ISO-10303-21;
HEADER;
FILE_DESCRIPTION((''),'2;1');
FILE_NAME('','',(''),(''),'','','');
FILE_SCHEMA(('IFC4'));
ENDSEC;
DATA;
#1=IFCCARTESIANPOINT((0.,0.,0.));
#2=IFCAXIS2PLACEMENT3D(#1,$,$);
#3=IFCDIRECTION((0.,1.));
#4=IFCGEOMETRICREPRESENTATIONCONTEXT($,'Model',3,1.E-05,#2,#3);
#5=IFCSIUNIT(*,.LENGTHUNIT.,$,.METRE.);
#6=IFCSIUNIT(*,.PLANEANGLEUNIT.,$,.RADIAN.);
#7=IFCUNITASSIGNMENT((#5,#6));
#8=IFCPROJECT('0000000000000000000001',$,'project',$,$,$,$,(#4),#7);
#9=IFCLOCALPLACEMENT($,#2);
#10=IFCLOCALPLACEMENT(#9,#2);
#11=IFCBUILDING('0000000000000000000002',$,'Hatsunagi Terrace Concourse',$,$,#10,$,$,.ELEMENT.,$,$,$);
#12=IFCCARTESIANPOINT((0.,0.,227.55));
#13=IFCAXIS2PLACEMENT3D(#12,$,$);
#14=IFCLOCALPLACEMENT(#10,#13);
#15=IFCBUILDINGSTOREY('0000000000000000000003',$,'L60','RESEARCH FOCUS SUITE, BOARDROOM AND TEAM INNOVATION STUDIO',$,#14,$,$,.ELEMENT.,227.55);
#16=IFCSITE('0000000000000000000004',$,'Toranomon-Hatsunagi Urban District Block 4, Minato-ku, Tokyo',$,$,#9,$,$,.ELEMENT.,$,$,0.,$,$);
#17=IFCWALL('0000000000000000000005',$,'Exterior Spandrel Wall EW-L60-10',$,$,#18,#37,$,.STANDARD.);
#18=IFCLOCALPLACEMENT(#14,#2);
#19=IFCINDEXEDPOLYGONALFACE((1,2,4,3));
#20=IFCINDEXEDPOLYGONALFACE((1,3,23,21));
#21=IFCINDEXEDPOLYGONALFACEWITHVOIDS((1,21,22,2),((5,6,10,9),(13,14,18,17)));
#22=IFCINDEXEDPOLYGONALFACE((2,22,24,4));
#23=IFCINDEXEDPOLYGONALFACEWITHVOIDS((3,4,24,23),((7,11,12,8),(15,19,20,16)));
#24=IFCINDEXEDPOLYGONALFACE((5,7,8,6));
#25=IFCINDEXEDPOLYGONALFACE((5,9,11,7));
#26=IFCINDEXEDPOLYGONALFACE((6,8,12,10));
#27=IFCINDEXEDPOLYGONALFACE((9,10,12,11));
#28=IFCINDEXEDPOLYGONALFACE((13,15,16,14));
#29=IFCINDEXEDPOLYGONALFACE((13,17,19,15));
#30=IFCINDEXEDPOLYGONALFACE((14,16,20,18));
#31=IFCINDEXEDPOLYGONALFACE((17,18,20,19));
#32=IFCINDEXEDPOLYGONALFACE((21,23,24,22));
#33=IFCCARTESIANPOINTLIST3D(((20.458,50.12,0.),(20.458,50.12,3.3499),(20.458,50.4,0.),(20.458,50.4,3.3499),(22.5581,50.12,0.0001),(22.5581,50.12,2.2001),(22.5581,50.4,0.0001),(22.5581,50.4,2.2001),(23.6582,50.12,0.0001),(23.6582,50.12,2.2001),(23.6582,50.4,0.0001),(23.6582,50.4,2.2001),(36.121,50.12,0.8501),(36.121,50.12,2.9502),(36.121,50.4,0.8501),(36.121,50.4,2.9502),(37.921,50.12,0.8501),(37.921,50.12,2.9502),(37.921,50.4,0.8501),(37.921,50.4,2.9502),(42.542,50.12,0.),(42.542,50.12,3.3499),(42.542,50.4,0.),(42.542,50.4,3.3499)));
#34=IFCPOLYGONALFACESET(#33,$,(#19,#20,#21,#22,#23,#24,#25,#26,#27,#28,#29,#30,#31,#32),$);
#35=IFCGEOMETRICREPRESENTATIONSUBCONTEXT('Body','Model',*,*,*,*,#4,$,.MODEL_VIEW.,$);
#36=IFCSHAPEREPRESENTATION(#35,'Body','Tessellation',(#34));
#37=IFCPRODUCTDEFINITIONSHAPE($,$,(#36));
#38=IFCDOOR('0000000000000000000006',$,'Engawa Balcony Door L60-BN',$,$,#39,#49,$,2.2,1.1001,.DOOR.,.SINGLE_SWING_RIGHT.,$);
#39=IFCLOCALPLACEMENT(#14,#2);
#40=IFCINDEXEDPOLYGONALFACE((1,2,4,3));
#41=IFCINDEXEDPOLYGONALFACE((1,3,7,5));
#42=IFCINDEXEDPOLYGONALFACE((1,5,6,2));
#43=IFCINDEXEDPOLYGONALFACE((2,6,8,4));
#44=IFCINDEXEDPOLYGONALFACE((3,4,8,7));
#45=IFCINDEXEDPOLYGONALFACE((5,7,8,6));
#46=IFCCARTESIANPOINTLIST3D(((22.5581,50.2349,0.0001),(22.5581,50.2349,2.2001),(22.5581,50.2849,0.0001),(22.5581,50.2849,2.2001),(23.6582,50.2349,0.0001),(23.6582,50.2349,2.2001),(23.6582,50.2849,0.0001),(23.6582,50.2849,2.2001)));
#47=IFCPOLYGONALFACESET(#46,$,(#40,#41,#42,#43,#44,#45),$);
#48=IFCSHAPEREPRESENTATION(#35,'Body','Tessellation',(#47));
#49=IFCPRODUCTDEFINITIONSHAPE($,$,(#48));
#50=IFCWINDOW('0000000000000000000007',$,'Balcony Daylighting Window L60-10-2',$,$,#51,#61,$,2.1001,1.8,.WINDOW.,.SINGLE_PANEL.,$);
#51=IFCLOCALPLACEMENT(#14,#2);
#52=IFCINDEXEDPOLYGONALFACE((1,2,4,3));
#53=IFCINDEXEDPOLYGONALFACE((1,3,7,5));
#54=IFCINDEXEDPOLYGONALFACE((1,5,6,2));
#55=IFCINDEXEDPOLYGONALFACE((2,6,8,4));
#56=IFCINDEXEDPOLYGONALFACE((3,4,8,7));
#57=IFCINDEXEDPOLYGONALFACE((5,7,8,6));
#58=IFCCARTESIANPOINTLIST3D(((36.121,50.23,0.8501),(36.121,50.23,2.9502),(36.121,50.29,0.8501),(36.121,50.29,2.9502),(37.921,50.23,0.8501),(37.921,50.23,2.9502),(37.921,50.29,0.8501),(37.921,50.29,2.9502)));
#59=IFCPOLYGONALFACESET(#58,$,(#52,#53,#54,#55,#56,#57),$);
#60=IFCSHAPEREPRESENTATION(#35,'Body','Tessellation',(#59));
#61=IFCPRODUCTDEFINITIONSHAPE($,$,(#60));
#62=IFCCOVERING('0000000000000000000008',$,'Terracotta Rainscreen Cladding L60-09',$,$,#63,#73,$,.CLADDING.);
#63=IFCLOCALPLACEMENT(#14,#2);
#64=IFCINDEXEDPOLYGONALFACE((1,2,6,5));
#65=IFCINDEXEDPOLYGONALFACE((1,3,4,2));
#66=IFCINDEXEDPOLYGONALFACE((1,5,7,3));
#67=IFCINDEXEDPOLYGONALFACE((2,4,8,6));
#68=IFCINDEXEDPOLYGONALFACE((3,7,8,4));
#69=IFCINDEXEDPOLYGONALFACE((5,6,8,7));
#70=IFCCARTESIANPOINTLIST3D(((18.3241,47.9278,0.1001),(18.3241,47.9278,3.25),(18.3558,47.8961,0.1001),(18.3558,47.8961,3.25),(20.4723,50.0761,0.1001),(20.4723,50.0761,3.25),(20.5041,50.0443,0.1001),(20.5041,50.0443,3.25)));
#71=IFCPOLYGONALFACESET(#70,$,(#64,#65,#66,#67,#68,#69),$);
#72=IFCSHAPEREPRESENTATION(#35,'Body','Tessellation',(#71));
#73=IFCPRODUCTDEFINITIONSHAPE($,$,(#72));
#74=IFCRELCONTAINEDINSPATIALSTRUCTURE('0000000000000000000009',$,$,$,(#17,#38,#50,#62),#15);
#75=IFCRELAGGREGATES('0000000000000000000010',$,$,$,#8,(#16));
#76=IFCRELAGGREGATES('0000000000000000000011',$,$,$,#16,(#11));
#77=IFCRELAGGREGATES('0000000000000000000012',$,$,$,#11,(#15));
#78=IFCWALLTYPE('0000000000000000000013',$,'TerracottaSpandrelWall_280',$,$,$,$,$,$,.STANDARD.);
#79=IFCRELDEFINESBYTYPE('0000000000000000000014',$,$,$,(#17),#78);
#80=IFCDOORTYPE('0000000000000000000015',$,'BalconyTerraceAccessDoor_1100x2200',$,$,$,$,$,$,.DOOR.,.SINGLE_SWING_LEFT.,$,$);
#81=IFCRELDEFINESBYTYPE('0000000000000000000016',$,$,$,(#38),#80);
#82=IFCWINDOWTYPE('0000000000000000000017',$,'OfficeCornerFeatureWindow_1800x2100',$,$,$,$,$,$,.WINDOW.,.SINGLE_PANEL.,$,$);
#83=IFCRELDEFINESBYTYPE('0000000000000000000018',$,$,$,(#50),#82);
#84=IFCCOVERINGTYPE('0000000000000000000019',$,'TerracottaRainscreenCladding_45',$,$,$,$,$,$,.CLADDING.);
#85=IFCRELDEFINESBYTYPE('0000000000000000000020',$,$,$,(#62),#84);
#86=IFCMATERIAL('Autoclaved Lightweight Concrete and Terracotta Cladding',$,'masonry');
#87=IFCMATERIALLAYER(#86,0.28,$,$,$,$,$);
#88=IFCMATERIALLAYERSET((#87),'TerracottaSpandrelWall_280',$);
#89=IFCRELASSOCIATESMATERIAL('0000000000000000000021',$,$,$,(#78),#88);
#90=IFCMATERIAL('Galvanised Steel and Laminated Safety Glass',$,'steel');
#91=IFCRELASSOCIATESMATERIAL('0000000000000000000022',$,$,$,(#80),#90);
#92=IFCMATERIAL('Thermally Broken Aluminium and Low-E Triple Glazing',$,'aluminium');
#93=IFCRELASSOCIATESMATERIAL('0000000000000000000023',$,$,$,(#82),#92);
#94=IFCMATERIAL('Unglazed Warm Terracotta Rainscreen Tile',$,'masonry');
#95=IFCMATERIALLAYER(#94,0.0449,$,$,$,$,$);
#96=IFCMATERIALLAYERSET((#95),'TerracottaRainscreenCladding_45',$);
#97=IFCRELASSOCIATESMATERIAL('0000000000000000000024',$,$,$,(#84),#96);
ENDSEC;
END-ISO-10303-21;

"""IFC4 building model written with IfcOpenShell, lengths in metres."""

from ifc_helpers import new_model, si_unit, direction, frame, frame_2d, origin, origin_2d, place, context, subcontext, project, spatial, rectangle, extrude, material, layer, layer_set, type_object, element, fill, save


model = new_model("IFC4")

# Units and contexts
model_context = context("Model", 3, precision=1e-05, world=origin(), true_north=direction((0.0, 1.0)))
body_context = subcontext(model_context, "Body", "Model", "MODEL_VIEW")
ifc_project = project(units=[si_unit("LENGTHUNIT", "METRE"), si_unit("PLANEANGLEUNIT", "RADIAN")], contexts=[model_context])

# Site, building, storey
site_placement = place(None, origin())
site = spatial("IfcSite", under=ifc_project, at=site_placement, Name="Toranomon-Hatsunagi Urban District Block 4, Minato-ku, Tokyo", CompositionType="ELEMENT", RefElevation=0.0)
building_placement = place(site_placement, origin())
building = spatial("IfcBuilding", under=site, at=building_placement, Name="Hatsunagi Terrace Concourse", CompositionType="ELEMENT")
storey_placement = place(building_placement, frame((0.0, 0.0, 227.55)))
storey = spatial("IfcBuildingStorey", under=building, at=storey_placement, Name="L60", Description="RESEARCH FOCUS SUITE, BOARDROOM AND TEAM INNOVATION STUDIO", CompositionType="ELEMENT", Elevation=227.55)

# Wall, openings, door, window
ifc_material_1 = material(Name="Autoclaved Lightweight Concrete and Terracotta Cladding", Category="masonry")
ifc_layer_1 = layer(ifc_material_1, 0.28)
ifc_layer_set_1 = layer_set([ifc_layer_1], Name="TerracottaSpandrelWall_280")
wall_type_1 = type_object("IfcWallType", Name="TerracottaSpandrelWall_280", PredefinedType="STANDARD", material=ifc_layer_set_1)
wall_1_placement = place(storey_placement, frame((20.458, 50.26, 0.0), z_axis=(0.0, 0.0, 1.0), x_axis=(1.0, 0.0, 0.0)))
wall_1 = element("IfcWall", 1, at=wall_1_placement, inside=storey, type_object=wall_type_1, Name="Exterior Spandrel Wall EW-L60-10", PredefinedType="STANDARD", context=body_context, shape_type="SweptSolid", body=[
    extrude(rectangle(XDim=22.084, YDim=0.28, at=frame_2d((11.042, 0.0))), origin(), (0.0, 0.0, 1.0), 3.3499),
])
opening_1_placement = place(wall_1_placement, frame((2.1001, 0.0, 0.0)))
opening_1 = element("IfcOpeningElement", 2, at=opening_1_placement, cuts=wall_1, PredefinedType="OPENING", context=body_context, shape_type="SweptSolid", body=[
    extrude(rectangle(XDim=1.1001, YDim=2.2, at=frame_2d((0.55, 1.1001))), frame((0.0, 0.1499, 0.0), z_axis=(0.0, -1.0, 0.0), x_axis=(1.0, 0.0, 0.0)), (0.0, 0.0, 1.0), 0.3),
])
opening_2_placement = place(wall_1_placement, frame((15.6631, 0.0, 0.8501)))
opening_2 = element("IfcOpeningElement", 3, at=opening_2_placement, cuts=wall_1, PredefinedType="OPENING", context=body_context, shape_type="SweptSolid", body=[
    extrude(rectangle(XDim=1.8, YDim=2.1001, at=frame_2d((0.8999, 1.05))), frame((0.0, 0.1499, 0.0), z_axis=(0.0, -1.0, 0.0), x_axis=(1.0, 0.0, 0.0)), (0.0, 0.0, 1.0), 0.3),
])
ifc_material_2 = material(Name="Galvanised Steel and Laminated Safety Glass", Category="steel")
door_type_1 = type_object("IfcDoorType", Name="BalconyTerraceAccessDoor_1100x2200", OperationType="SINGLE_SWING_LEFT", PredefinedType="DOOR", material=ifc_material_2)
door_1_placement = place(opening_1_placement, origin())
door_1 = element("IfcDoor", 4, at=door_1_placement, inside=storey, type_object=door_type_1, Name="Engawa Balcony Door L60-BN", OperationType="SINGLE_SWING_RIGHT", OverallHeight=2.2, OverallWidth=1.1001, PredefinedType="DOOR", context=body_context, shape_type="SweptSolid", body=[
    extrude(rectangle(XDim=1.1001, YDim=2.2, at=frame_2d((0.55, 1.1001))), frame((0.0, 0.0249, 0.0), z_axis=(0.0, -1.0, 0.0), x_axis=(1.0, 0.0, 0.0)), (0.0, 0.0, 1.0), 0.05),
])
fill(opening_1, door_1)
ifc_material_3 = material(Name="Thermally Broken Aluminium and Low-E Triple Glazing", Category="aluminium")
window_type = type_object("IfcWindowType", Name="OfficeCornerFeatureWindow_1800x2100", PartitioningType="SINGLE_PANEL", PredefinedType="WINDOW", material=ifc_material_3)
window_placement = place(opening_2_placement, origin())
window = element("IfcWindow", 5, at=window_placement, inside=storey, type_object=window_type, Name="Balcony Daylighting Window L60-10-2", OverallHeight=2.1001, OverallWidth=1.8, PartitioningType="SINGLE_PANEL", PredefinedType="WINDOW", context=body_context, shape_type="SweptSolid", body=[
    extrude(rectangle(XDim=1.8, YDim=2.1001, at=frame_2d((0.8999, 1.05))), frame((0.0, 0.03, 0.0), z_axis=(0.0, -1.0, 0.0), x_axis=(1.0, 0.0, 0.0)), (0.0, 0.0, 1.0), 0.0601),
])
fill(opening_2, window)

# Covering
ifc_material_4 = material(Name="Unglazed Warm Terracotta Rainscreen Tile", Category="masonry")
ifc_layer_2 = layer(ifc_material_4, 0.0449)
ifc_layer_set_2 = layer_set([ifc_layer_2], Name="TerracottaRainscreenCladding_45")
covering_type = type_object("IfcCoveringType", Name="TerracottaRainscreenCladding_45", PredefinedType="CLADDING", material=ifc_layer_set_2)
covering_placement = place(storey_placement, frame((19.4141, 48.9861, 0.1001), z_axis=(0.0, 0.0, 1.0), x_axis=(0.707107, 0.707107, 0.0)))
element("IfcCovering", 6, at=covering_placement, inside=storey, type_object=covering_type, Name="Terracotta Rainscreen Cladding L60-09", PredefinedType="CLADDING", context=body_context, shape_type="SweptSolid", body=[
    extrude(rectangle(XDim=3.0381, YDim=0.0449, at=origin_2d()), origin(), (0.0, 0.0, 1.0), 3.1499),
])

save(model, "model.ifc")
